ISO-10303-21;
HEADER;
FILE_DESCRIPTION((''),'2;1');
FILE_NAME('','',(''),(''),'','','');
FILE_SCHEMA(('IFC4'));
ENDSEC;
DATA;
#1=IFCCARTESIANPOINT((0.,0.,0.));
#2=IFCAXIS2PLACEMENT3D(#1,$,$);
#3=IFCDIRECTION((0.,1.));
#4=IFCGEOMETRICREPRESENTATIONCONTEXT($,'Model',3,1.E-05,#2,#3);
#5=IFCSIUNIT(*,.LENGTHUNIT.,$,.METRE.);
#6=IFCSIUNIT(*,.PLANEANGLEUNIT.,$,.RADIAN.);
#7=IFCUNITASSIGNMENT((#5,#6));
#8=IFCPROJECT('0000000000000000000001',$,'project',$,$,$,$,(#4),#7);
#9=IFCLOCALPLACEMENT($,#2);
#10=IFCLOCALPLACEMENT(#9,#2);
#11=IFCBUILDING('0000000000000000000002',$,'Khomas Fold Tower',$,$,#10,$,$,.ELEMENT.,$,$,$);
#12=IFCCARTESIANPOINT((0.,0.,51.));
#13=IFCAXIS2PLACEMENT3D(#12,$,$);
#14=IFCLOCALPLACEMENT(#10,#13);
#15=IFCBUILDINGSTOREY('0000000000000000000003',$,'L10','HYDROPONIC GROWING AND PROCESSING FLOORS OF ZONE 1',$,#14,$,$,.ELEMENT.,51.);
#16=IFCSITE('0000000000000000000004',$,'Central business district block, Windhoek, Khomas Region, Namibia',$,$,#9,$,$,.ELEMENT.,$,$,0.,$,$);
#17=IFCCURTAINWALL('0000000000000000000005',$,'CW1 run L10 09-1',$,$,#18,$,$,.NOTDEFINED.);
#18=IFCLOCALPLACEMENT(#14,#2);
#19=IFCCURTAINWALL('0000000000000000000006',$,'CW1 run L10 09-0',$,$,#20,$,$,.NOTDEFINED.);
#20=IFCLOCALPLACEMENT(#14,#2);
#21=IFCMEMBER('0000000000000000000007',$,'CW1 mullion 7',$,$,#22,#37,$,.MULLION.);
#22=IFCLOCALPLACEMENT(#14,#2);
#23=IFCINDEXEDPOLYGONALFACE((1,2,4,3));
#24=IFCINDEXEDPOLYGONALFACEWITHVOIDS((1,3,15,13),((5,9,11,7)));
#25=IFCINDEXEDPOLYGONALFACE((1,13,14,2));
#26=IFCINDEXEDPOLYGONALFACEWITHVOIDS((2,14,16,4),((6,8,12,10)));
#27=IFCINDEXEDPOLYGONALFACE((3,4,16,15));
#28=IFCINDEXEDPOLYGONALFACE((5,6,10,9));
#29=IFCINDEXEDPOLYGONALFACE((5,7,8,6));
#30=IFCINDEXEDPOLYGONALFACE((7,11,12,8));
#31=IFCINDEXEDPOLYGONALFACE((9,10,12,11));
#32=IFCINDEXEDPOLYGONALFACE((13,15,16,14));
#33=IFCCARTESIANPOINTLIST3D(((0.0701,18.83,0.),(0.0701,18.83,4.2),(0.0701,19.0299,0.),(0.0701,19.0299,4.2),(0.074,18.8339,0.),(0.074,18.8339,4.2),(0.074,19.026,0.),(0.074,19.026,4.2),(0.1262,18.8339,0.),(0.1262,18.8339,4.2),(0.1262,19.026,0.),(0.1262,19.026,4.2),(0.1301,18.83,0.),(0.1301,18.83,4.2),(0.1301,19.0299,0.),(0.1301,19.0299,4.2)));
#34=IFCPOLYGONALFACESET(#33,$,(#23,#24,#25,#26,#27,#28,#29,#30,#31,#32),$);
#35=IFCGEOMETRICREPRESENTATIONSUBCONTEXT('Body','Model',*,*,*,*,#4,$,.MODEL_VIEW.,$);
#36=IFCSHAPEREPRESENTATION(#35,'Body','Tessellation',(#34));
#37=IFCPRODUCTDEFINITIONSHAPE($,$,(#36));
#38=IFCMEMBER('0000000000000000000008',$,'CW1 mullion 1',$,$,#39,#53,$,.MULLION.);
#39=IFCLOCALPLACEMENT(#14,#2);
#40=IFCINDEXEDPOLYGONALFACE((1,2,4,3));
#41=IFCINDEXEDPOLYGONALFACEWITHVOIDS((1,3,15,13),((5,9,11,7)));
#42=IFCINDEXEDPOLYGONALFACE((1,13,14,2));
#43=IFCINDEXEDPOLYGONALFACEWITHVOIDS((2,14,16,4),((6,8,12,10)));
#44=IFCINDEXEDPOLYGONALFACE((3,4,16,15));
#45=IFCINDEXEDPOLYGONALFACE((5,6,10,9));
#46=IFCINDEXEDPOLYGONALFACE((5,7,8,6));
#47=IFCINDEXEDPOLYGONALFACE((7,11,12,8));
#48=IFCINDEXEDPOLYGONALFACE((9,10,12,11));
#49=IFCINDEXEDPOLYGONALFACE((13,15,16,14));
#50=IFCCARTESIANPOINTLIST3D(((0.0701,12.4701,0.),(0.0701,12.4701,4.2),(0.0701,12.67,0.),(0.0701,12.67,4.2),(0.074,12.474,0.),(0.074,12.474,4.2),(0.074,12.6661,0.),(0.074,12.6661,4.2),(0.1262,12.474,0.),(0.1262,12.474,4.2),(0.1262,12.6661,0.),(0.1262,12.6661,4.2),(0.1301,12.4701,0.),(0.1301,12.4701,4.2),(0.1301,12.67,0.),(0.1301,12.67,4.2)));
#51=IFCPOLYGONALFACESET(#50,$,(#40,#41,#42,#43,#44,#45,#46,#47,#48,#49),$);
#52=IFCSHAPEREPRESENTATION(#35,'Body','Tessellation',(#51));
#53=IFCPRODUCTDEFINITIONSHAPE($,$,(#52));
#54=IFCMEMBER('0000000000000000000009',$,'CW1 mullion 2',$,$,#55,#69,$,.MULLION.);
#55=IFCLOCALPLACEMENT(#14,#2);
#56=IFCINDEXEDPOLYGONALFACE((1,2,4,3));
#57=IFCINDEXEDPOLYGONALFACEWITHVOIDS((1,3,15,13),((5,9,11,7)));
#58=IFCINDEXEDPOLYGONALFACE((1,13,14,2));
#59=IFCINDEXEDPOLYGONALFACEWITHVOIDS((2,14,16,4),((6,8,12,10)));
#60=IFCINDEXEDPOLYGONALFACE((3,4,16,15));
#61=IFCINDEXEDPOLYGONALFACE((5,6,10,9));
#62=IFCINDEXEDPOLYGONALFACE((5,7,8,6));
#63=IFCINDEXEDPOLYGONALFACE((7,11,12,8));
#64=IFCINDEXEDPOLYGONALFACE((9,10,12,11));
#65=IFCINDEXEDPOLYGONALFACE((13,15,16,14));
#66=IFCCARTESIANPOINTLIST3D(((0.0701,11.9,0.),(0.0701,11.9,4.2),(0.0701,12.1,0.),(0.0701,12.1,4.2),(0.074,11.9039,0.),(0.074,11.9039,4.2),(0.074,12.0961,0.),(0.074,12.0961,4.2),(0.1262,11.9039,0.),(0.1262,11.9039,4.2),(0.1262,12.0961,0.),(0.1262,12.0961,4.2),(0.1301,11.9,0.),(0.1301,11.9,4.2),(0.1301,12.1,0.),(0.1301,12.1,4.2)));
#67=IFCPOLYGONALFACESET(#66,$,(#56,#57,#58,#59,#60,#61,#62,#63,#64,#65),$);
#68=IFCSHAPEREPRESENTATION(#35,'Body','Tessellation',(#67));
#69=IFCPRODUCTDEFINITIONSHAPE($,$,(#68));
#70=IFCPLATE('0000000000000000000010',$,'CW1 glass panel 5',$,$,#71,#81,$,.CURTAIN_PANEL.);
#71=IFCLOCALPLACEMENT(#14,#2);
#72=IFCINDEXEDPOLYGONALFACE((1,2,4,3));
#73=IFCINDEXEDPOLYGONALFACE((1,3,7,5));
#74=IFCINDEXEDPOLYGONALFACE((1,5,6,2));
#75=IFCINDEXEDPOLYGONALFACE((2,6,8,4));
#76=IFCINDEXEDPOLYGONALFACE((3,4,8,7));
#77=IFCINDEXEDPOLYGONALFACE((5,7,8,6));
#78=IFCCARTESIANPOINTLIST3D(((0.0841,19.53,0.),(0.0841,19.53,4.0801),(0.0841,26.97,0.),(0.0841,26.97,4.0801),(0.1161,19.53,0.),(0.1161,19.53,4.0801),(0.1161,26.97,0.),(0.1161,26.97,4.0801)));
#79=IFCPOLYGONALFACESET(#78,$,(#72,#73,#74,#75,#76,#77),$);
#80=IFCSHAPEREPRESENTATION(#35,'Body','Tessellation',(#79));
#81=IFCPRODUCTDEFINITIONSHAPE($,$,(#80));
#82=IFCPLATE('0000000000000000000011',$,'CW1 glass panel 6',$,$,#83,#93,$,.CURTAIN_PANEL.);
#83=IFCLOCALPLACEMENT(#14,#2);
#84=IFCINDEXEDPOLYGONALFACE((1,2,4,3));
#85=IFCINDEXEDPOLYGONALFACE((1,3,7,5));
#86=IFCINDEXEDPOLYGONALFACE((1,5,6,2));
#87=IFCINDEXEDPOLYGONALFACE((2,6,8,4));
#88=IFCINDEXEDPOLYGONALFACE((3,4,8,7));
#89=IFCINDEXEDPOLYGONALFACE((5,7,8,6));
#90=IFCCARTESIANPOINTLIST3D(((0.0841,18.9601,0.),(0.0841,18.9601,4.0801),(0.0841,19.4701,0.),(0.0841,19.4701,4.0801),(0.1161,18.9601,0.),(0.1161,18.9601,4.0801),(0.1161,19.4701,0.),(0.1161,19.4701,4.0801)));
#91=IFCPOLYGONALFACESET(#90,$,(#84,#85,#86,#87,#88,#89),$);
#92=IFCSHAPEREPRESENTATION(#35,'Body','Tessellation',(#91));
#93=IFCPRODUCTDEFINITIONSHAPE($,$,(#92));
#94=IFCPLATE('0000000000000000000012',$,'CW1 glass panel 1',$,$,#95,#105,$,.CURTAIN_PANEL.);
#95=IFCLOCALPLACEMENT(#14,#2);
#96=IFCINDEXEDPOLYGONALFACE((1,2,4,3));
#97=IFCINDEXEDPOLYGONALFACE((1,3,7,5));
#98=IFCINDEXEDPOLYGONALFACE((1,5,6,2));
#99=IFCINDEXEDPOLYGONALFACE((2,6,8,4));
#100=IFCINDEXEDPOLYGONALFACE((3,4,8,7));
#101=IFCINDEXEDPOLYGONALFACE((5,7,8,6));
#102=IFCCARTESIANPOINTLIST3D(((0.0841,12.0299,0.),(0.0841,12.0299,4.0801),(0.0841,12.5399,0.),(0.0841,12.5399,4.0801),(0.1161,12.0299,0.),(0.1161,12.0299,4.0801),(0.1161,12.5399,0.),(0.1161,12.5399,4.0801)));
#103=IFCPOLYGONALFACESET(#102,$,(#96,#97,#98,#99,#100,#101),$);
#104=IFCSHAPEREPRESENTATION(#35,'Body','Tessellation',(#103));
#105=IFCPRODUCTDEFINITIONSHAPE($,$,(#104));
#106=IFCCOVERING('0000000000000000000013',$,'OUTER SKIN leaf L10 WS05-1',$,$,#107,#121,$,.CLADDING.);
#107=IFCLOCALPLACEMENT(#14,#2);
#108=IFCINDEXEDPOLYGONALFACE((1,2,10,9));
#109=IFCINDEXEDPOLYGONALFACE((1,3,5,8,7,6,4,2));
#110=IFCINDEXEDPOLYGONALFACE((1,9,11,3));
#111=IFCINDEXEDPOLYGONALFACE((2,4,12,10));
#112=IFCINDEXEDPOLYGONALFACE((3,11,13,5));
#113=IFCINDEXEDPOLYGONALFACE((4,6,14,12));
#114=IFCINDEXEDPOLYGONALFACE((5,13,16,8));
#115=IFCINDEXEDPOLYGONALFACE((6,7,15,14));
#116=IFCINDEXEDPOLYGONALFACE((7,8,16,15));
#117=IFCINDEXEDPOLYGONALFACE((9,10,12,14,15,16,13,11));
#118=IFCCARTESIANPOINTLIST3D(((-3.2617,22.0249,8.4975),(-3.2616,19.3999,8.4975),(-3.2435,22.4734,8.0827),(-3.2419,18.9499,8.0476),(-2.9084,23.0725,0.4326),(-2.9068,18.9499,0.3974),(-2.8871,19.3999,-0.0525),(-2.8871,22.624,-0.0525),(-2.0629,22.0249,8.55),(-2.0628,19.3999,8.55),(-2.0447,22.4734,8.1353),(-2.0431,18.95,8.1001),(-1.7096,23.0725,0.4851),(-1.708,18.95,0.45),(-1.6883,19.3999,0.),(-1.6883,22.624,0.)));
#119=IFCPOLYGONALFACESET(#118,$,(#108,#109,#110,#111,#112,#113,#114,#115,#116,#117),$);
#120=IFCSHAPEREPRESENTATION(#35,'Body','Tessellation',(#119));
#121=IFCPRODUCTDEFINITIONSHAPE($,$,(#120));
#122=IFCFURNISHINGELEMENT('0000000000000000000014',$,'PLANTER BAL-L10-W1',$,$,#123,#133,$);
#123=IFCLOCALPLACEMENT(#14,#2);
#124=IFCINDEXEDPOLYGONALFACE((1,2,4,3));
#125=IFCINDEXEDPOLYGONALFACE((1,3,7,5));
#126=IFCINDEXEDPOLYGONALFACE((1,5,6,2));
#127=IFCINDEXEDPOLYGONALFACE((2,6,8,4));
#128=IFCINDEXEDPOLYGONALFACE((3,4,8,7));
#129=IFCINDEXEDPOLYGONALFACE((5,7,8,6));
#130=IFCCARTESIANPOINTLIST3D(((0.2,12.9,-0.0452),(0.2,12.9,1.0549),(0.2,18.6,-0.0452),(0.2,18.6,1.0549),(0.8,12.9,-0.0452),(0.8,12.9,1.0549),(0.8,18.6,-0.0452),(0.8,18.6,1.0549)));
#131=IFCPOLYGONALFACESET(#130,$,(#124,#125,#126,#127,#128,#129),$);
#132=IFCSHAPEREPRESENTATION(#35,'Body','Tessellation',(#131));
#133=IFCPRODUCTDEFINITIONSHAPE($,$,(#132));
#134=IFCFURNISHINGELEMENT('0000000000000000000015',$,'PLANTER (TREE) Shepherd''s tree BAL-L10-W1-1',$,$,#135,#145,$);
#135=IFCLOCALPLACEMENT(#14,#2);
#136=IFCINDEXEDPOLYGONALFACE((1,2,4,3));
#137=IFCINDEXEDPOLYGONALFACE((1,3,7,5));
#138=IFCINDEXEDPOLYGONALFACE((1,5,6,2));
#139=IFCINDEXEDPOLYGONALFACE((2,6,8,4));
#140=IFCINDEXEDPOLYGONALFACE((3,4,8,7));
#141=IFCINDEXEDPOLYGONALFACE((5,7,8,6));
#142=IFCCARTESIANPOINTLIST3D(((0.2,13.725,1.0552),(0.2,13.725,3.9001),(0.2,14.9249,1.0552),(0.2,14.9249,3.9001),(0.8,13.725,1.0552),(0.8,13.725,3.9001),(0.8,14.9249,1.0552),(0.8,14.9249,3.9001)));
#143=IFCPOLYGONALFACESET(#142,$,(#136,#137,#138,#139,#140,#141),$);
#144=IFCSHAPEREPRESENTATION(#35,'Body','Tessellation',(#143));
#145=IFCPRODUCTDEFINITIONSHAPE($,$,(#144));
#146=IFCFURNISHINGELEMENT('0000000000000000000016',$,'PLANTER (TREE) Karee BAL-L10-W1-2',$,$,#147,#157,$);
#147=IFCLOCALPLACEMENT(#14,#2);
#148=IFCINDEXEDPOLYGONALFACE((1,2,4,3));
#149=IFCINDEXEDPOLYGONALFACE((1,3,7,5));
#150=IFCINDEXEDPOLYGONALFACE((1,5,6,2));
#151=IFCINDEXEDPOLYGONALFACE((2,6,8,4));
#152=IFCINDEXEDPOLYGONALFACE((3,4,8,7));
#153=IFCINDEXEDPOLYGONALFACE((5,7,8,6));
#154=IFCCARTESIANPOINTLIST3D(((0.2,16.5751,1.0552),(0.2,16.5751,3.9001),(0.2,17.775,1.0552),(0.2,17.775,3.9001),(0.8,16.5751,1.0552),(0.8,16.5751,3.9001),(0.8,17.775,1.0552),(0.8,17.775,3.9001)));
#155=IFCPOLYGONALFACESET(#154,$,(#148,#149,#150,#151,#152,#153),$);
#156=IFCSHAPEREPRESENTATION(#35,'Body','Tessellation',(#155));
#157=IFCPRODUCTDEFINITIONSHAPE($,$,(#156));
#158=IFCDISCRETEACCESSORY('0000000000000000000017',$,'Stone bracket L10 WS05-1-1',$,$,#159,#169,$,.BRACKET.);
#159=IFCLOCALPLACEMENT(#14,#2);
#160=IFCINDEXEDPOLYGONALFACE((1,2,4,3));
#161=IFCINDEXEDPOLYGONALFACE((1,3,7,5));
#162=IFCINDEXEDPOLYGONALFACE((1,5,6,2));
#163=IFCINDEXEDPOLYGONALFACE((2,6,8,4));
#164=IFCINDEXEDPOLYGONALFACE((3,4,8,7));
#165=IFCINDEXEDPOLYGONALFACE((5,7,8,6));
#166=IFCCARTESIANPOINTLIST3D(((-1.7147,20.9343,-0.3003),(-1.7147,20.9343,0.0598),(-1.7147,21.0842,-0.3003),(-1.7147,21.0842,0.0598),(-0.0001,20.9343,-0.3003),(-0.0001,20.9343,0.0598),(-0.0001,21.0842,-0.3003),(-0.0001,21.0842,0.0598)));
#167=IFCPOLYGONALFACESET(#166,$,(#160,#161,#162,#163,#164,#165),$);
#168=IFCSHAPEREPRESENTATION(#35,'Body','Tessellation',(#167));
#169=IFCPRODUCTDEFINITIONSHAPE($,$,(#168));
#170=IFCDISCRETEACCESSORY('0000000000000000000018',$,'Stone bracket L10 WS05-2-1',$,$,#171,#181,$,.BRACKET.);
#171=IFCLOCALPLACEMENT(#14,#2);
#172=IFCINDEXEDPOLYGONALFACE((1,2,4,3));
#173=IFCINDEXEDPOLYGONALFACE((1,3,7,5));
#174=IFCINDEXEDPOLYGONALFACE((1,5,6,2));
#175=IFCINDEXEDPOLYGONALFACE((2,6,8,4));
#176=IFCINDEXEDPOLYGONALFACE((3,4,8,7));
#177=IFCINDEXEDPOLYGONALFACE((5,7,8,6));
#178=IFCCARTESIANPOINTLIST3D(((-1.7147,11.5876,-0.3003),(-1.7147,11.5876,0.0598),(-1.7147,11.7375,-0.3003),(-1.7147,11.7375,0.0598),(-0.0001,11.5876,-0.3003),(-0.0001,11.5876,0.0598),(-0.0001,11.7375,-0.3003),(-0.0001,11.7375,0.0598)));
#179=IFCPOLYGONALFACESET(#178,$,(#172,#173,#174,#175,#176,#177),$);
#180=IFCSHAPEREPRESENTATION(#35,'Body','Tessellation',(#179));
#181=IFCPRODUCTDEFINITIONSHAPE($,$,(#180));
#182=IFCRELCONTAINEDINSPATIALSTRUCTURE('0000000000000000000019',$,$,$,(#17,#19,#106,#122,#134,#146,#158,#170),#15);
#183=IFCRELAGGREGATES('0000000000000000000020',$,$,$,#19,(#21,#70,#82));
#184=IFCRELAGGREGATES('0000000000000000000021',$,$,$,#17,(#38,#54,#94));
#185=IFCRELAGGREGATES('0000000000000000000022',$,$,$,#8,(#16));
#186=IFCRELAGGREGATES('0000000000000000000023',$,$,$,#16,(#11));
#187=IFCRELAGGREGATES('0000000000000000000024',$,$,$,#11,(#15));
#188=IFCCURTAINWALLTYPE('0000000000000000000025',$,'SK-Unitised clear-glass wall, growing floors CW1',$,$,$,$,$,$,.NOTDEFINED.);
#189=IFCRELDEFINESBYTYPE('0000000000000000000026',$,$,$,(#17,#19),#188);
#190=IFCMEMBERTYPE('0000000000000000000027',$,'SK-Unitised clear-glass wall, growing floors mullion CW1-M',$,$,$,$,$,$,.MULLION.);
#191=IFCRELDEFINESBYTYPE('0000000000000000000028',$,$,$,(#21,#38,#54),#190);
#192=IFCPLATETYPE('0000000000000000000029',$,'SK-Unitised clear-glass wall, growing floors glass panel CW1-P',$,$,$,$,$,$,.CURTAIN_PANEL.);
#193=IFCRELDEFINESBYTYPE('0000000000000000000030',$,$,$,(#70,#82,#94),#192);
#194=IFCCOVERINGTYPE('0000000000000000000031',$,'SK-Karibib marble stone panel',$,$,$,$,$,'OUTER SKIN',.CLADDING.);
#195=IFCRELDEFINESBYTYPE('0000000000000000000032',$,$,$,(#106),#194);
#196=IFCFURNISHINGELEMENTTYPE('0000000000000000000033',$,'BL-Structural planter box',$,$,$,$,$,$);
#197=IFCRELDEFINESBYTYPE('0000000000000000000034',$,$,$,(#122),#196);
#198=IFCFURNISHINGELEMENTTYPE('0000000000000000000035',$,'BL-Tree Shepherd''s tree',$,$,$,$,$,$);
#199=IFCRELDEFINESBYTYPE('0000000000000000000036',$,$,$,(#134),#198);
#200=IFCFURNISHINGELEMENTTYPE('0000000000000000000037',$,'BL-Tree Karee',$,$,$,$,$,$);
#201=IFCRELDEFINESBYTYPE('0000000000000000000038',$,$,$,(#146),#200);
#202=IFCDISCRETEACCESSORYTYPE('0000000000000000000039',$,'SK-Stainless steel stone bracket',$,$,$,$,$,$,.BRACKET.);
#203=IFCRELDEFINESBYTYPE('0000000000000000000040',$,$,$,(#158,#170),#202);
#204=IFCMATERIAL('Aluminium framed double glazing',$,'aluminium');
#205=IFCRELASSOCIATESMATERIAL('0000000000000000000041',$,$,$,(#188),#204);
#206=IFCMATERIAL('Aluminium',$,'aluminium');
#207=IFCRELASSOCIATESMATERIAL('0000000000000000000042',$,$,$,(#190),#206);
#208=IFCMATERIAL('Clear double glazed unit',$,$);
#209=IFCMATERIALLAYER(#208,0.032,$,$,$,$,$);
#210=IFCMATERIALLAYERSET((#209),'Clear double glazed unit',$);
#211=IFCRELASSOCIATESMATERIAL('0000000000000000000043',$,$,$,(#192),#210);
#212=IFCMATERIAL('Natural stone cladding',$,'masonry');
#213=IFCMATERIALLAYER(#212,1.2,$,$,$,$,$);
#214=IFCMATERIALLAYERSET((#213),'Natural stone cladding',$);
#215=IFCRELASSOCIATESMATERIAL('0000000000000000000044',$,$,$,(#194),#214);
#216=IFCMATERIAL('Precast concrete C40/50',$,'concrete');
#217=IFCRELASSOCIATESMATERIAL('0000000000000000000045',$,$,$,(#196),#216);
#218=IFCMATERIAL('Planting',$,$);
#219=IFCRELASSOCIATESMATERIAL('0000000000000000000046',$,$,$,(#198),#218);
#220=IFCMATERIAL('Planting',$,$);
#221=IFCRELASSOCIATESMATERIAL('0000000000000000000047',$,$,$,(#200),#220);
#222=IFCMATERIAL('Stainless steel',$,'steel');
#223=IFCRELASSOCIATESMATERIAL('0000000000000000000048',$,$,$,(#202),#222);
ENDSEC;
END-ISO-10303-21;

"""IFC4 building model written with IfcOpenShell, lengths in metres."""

from ifc_helpers import new_model, si_unit, direction, frame, origin, origin_2d, place, context, subcontext, project, spatial, polyline, rectangle, hollow_rectangle, outline, extrude, source, transform, mapped, material, layer, layer_set, material_profile, profile_set, type_object, element, aggregate, save


model = new_model("IFC4")

# Units and contexts
model_context = context("Model", 3, precision=1e-05, world=origin(), true_north=direction((0.0, 1.0)))
body_context = subcontext(model_context, "Body", "Model", "MODEL_VIEW")
ifc_project = project(units=[si_unit("LENGTHUNIT", "METRE"), si_unit("PLANEANGLEUNIT", "RADIAN")], contexts=[model_context])

# Site, building, storey
site_placement = place(None, origin())
site = spatial("IfcSite", under=ifc_project, at=site_placement, Name="Central business district block, Windhoek, Khomas Region, Namibia", CompositionType="ELEMENT", RefElevation=0.0)
building_placement = place(site_placement, origin())
building = spatial("IfcBuilding", under=site, at=building_placement, Name="Khomas Fold Tower", CompositionType="ELEMENT")
storey_placement = place(building_placement, frame((0.0, 0.0, 51.0)))
storey = spatial("IfcBuildingStorey", under=building, at=storey_placement, Name="L10", Description="HYDROPONIC GROWING AND PROCESSING FLOORS OF ZONE 1", CompositionType="ELEMENT", Elevation=51.0)

# Curtain wall
ifc_material_1 = material(Name="Aluminium framed double glazing", Category="aluminium")
curtain_wall_type = type_object("IfcCurtainWallType", Name="SK-Unitised clear-glass wall, growing floors CW1", PredefinedType="NOTDEFINED", material=ifc_material_1)
curtain_wall_1_placement = place(storey_placement, origin())
curtain_wall_1 = element("IfcCurtainWall", 1, at=curtain_wall_1_placement, inside=storey, type_object=curtain_wall_type, Name="CW1 run L10 09-1", PredefinedType="NOTDEFINED")

# Curtain wall
curtain_wall_2_placement = place(storey_placement, origin())
curtain_wall_2 = element("IfcCurtainWall", 2, at=curtain_wall_2_placement, inside=storey, type_object=curtain_wall_type, Name="CW1 run L10 09-0", PredefinedType="NOTDEFINED")

# Members
ifc_material_2 = material(Name="Aluminium", Category="aluminium")
ifc_material_profile_1 = material_profile(ifc_material_2, hollow_rectangle(XDim=0.0601, YDim=0.2, WallThickness=0.0039, at=origin_2d()), Name="SK-Unitised clear-glass wall, growing floors mullion CW1-M")
ifc_profile_set_1 = profile_set([ifc_material_profile_1], Name="Aluminium")
member_type_1 = type_object("IfcMemberType", Name="SK-Unitised clear-glass wall, growing floors mullion CW1-M", PredefinedType="MULLION", material=ifc_profile_set_1)
shared_shape_1 = source(origin(), body_context, "Body", "SweptSolid", [
    extrude(hollow_rectangle(XDim=0.0601, YDim=0.2, WallThickness=0.0039, at=origin_2d()), origin(), (0.0, 0.0, 1.0), 4.2),
])
member_1_placement = place(storey_placement, frame((0.1001, 18.9299, 0.0), z_axis=(0.0, 0.0, 1.0), x_axis=(1.0, 0.0, 0.0)))
member_1 = element("IfcMember", 3, at=member_1_placement, type_object=member_type_1, Name="CW1 mullion 7", PredefinedType="MULLION", context=body_context, shape_type="MappedRepresentation", body=[
    mapped(shared_shape_1, transform((0.0, 0.0, 0.0))),
])
member_2_placement = place(storey_placement, frame((0.1001, 12.5701, 0.0), z_axis=(0.0, 0.0, 1.0), x_axis=(1.0, 0.0, 0.0)))
member_2 = element("IfcMember", 4, at=member_2_placement, type_object=member_type_1, Name="CW1 mullion 1", PredefinedType="MULLION", context=body_context, shape_type="MappedRepresentation", body=[
    mapped(shared_shape_1, transform((0.0, 0.0, 0.0))),
])
member_3_placement = place(storey_placement, frame((0.1001, 12.0, 0.0), z_axis=(0.0, 0.0, 1.0), x_axis=(1.0, 0.0, 0.0)))
member_3 = element("IfcMember", 5, at=member_3_placement, type_object=member_type_1, Name="CW1 mullion 2", PredefinedType="MULLION", context=body_context, shape_type="MappedRepresentation", body=[
    mapped(shared_shape_1, transform((0.0, 0.0, 0.0))),
])

# Plates
ifc_material_3 = material(Name="Clear double glazed unit")
ifc_layer_1 = layer(ifc_material_3, 0.032)
ifc_layer_set_1 = layer_set([ifc_layer_1], Name="Clear double glazed unit")
plate_type = type_object("IfcPlateType", Name="SK-Unitised clear-glass wall, growing floors glass panel CW1-P", PredefinedType="CURTAIN_PANEL", material=ifc_layer_set_1)
shared_shape_2 = source(origin(), body_context, "Body", "SweptSolid", [
    extrude(rectangle(XDim=7.4399, YDim=0.032, at=origin_2d()), origin(), (0.0, 0.0, 1.0), 4.0801),
])
plate_1_placement = place(storey_placement, frame((0.1001, 23.25, 0.0), z_axis=(0.0, 0.0, 1.0), x_axis=(0.0, -1.0, 0.0)))
plate_1 = element("IfcPlate", 6, at=plate_1_placement, type_object=plate_type, Name="CW1 glass panel 5", PredefinedType="CURTAIN_PANEL", context=body_context, shape_type="MappedRepresentation", body=[
    mapped(shared_shape_2, transform((0.0, 0.0, 0.0))),
])
shared_shape_3 = source(origin(), body_context, "Body", "SweptSolid", [
    extrude(rectangle(XDim=0.51, YDim=0.032, at=origin_2d()), origin(), (0.0, 0.0, 1.0), 4.0801),
])
plate_2_placement = place(storey_placement, frame((0.1001, 19.2151, 0.0), z_axis=(0.0, 0.0, 1.0), x_axis=(0.0, -1.0, 0.0)))
plate_2 = element("IfcPlate", 7, at=plate_2_placement, type_object=plate_type, Name="CW1 glass panel 6", PredefinedType="CURTAIN_PANEL", context=body_context, shape_type="MappedRepresentation", body=[
    mapped(shared_shape_3, transform((0.0, 0.0, 0.0))),
])
aggregate(curtain_wall_2, [member_1, plate_1, plate_2])
plate_3_placement = place(storey_placement, frame((0.1001, 12.2849, 0.0), z_axis=(0.0, 0.0, 1.0), x_axis=(0.0, -1.0, 0.0)))
plate_3 = element("IfcPlate", 8, at=plate_3_placement, type_object=plate_type, Name="CW1 glass panel 1", PredefinedType="CURTAIN_PANEL", context=body_context, shape_type="MappedRepresentation", body=[
    mapped(shared_shape_3, transform((0.0, 0.0, 0.0))),
])
aggregate(curtain_wall_1, [member_2, member_3, plate_3])

# Covering
ifc_material_4 = material(Name="Natural stone cladding", Category="masonry")
ifc_layer_2 = layer(ifc_material_4, 1.2)
ifc_layer_set_2 = layer_set([ifc_layer_2], Name="Natural stone cladding")
covering_type = type_object("IfcCoveringType", Name="SK-Karibib marble stone panel", ElementType="OUTER SKIN", PredefinedType="CLADDING", material=ifc_layer_set_2)
covering_1_placement = place(storey_placement, frame((-1.708, 18.95, 0.45), z_axis=(0.999042, 0.000012, 0.043761), x_axis=(-0.043761, 0.0, 0.999042)))
element("IfcCovering", 9, at=covering_1_placement, inside=storey, type_object=covering_type, Name="OUTER SKIN leaf L10 WS05-1", PredefinedType="CLADDING", context=body_context, shape_type="SweptSolid", body=[
    extrude(outline(polyline([(0.0, 0.0), (7.6575, 0.0), (8.1079, -0.45), (8.1079, -3.075), (7.6927, -3.5234), (0.0352, -4.1226), (-0.4504, -3.6741), (-0.4504, -0.45), (0.0, 0.0)])), origin(), (0.0, 0.0, -1.0), 1.2),
])

# Furnishing elements
ifc_material_5 = material(Name="Precast concrete C40/50", Category="concrete")
furnishing_element_type_1 = type_object("IfcFurnishingElementType", Name="BL-Structural planter box", material=ifc_material_5)
shared_shape_4 = source(origin(), body_context, "Body", "SweptSolid", [
    extrude(rectangle(XDim=5.7, YDim=0.6001, at=origin_2d()), origin(), (0.0, 0.0, 1.0), 1.1001),
])
furnishing_1_placement = place(storey_placement, frame((0.5, 15.75, -0.0452), z_axis=(0.0, 0.0, 1.0), x_axis=(0.0, 1.0, 0.0)))
element("IfcFurnishingElement", 10, at=furnishing_1_placement, inside=storey, type_object=furnishing_element_type_1, Name="PLANTER BAL-L10-W1", context=body_context, shape_type="MappedRepresentation", body=[
    mapped(shared_shape_4, transform((0.0, 0.0, 0.0))),
])
ifc_material_6 = material(Name="Planting")
furnishing_element_type_2 = type_object("IfcFurnishingElementType", Name="BL-Tree Shepherd's tree", material=ifc_material_6)
shared_shape_5 = source(origin(), body_context, "Body", "SweptSolid", [
    extrude(rectangle(XDim=1.2, YDim=0.6001, at=origin_2d()), origin(), (0.0, 0.0, 1.0), 2.845),
])
furnishing_2_placement = place(storey_placement, frame((0.5, 14.325, 1.0552), z_axis=(0.0, 0.0, 1.0), x_axis=(0.0, 1.0, 0.0)))
element("IfcFurnishingElement", 11, at=furnishing_2_placement, inside=storey, type_object=furnishing_element_type_2, Name="PLANTER (TREE) Shepherd's tree BAL-L10-W1-1", context=body_context, shape_type="MappedRepresentation", body=[
    mapped(shared_shape_5, transform((0.0, 0.0, 0.0))),
])
ifc_material_7 = material(Name="Planting")
furnishing_element_type_3 = type_object("IfcFurnishingElementType", Name="BL-Tree Karee", material=ifc_material_7)
furnishing_3_placement = place(storey_placement, frame((0.5, 17.175, 1.0552), z_axis=(0.0, 0.0, 1.0), x_axis=(0.0, 1.0, 0.0)))
element("IfcFurnishingElement", 12, at=furnishing_3_placement, inside=storey, type_object=furnishing_element_type_3, Name="PLANTER (TREE) Karee BAL-L10-W1-2", context=body_context, shape_type="MappedRepresentation", body=[
    mapped(shared_shape_5, transform((0.0, 0.0, 0.0))),
])

# Discrete accessories
ifc_material_8 = material(Name="Stainless steel", Category="steel")
discrete_accessory_type = type_object("IfcDiscreteAccessoryType", Name="SK-Stainless steel stone bracket", PredefinedType="BRACKET", material=ifc_material_8)
shared_shape_6 = source(origin(), body_context, "Body", "SweptSolid", [
    extrude(rectangle(XDim=1.7146, YDim=0.1499, at=origin_2d()), origin(), (0.0, 0.0, 1.0), 0.3601),
])
for number, where, z_axis, x_axis, name in (
    (13, (-0.8574, 21.0093, -0.3003), (0.0, 0.0, 1.0), (-1.0, 0.0, 0.0), "Stone bracket L10 WS05-1-1"),
    (14, (-0.8574, 11.6626, -0.3003), (0.0, 0.0, 1.0), (-1.0, 0.0, 0.0), "Stone bracket L10 WS05-2-1"),
):
    element("IfcDiscreteAccessory", number, at=place(storey_placement, frame(where, z_axis=z_axis, x_axis=x_axis)), inside=storey, type_object=discrete_accessory_type, Name=name, PredefinedType="BRACKET", context=body_context, shape_type="MappedRepresentation", body=[
        mapped(shared_shape_6, transform((0.0, 0.0, 0.0))),
    ])

save(model, "model.ifc")
